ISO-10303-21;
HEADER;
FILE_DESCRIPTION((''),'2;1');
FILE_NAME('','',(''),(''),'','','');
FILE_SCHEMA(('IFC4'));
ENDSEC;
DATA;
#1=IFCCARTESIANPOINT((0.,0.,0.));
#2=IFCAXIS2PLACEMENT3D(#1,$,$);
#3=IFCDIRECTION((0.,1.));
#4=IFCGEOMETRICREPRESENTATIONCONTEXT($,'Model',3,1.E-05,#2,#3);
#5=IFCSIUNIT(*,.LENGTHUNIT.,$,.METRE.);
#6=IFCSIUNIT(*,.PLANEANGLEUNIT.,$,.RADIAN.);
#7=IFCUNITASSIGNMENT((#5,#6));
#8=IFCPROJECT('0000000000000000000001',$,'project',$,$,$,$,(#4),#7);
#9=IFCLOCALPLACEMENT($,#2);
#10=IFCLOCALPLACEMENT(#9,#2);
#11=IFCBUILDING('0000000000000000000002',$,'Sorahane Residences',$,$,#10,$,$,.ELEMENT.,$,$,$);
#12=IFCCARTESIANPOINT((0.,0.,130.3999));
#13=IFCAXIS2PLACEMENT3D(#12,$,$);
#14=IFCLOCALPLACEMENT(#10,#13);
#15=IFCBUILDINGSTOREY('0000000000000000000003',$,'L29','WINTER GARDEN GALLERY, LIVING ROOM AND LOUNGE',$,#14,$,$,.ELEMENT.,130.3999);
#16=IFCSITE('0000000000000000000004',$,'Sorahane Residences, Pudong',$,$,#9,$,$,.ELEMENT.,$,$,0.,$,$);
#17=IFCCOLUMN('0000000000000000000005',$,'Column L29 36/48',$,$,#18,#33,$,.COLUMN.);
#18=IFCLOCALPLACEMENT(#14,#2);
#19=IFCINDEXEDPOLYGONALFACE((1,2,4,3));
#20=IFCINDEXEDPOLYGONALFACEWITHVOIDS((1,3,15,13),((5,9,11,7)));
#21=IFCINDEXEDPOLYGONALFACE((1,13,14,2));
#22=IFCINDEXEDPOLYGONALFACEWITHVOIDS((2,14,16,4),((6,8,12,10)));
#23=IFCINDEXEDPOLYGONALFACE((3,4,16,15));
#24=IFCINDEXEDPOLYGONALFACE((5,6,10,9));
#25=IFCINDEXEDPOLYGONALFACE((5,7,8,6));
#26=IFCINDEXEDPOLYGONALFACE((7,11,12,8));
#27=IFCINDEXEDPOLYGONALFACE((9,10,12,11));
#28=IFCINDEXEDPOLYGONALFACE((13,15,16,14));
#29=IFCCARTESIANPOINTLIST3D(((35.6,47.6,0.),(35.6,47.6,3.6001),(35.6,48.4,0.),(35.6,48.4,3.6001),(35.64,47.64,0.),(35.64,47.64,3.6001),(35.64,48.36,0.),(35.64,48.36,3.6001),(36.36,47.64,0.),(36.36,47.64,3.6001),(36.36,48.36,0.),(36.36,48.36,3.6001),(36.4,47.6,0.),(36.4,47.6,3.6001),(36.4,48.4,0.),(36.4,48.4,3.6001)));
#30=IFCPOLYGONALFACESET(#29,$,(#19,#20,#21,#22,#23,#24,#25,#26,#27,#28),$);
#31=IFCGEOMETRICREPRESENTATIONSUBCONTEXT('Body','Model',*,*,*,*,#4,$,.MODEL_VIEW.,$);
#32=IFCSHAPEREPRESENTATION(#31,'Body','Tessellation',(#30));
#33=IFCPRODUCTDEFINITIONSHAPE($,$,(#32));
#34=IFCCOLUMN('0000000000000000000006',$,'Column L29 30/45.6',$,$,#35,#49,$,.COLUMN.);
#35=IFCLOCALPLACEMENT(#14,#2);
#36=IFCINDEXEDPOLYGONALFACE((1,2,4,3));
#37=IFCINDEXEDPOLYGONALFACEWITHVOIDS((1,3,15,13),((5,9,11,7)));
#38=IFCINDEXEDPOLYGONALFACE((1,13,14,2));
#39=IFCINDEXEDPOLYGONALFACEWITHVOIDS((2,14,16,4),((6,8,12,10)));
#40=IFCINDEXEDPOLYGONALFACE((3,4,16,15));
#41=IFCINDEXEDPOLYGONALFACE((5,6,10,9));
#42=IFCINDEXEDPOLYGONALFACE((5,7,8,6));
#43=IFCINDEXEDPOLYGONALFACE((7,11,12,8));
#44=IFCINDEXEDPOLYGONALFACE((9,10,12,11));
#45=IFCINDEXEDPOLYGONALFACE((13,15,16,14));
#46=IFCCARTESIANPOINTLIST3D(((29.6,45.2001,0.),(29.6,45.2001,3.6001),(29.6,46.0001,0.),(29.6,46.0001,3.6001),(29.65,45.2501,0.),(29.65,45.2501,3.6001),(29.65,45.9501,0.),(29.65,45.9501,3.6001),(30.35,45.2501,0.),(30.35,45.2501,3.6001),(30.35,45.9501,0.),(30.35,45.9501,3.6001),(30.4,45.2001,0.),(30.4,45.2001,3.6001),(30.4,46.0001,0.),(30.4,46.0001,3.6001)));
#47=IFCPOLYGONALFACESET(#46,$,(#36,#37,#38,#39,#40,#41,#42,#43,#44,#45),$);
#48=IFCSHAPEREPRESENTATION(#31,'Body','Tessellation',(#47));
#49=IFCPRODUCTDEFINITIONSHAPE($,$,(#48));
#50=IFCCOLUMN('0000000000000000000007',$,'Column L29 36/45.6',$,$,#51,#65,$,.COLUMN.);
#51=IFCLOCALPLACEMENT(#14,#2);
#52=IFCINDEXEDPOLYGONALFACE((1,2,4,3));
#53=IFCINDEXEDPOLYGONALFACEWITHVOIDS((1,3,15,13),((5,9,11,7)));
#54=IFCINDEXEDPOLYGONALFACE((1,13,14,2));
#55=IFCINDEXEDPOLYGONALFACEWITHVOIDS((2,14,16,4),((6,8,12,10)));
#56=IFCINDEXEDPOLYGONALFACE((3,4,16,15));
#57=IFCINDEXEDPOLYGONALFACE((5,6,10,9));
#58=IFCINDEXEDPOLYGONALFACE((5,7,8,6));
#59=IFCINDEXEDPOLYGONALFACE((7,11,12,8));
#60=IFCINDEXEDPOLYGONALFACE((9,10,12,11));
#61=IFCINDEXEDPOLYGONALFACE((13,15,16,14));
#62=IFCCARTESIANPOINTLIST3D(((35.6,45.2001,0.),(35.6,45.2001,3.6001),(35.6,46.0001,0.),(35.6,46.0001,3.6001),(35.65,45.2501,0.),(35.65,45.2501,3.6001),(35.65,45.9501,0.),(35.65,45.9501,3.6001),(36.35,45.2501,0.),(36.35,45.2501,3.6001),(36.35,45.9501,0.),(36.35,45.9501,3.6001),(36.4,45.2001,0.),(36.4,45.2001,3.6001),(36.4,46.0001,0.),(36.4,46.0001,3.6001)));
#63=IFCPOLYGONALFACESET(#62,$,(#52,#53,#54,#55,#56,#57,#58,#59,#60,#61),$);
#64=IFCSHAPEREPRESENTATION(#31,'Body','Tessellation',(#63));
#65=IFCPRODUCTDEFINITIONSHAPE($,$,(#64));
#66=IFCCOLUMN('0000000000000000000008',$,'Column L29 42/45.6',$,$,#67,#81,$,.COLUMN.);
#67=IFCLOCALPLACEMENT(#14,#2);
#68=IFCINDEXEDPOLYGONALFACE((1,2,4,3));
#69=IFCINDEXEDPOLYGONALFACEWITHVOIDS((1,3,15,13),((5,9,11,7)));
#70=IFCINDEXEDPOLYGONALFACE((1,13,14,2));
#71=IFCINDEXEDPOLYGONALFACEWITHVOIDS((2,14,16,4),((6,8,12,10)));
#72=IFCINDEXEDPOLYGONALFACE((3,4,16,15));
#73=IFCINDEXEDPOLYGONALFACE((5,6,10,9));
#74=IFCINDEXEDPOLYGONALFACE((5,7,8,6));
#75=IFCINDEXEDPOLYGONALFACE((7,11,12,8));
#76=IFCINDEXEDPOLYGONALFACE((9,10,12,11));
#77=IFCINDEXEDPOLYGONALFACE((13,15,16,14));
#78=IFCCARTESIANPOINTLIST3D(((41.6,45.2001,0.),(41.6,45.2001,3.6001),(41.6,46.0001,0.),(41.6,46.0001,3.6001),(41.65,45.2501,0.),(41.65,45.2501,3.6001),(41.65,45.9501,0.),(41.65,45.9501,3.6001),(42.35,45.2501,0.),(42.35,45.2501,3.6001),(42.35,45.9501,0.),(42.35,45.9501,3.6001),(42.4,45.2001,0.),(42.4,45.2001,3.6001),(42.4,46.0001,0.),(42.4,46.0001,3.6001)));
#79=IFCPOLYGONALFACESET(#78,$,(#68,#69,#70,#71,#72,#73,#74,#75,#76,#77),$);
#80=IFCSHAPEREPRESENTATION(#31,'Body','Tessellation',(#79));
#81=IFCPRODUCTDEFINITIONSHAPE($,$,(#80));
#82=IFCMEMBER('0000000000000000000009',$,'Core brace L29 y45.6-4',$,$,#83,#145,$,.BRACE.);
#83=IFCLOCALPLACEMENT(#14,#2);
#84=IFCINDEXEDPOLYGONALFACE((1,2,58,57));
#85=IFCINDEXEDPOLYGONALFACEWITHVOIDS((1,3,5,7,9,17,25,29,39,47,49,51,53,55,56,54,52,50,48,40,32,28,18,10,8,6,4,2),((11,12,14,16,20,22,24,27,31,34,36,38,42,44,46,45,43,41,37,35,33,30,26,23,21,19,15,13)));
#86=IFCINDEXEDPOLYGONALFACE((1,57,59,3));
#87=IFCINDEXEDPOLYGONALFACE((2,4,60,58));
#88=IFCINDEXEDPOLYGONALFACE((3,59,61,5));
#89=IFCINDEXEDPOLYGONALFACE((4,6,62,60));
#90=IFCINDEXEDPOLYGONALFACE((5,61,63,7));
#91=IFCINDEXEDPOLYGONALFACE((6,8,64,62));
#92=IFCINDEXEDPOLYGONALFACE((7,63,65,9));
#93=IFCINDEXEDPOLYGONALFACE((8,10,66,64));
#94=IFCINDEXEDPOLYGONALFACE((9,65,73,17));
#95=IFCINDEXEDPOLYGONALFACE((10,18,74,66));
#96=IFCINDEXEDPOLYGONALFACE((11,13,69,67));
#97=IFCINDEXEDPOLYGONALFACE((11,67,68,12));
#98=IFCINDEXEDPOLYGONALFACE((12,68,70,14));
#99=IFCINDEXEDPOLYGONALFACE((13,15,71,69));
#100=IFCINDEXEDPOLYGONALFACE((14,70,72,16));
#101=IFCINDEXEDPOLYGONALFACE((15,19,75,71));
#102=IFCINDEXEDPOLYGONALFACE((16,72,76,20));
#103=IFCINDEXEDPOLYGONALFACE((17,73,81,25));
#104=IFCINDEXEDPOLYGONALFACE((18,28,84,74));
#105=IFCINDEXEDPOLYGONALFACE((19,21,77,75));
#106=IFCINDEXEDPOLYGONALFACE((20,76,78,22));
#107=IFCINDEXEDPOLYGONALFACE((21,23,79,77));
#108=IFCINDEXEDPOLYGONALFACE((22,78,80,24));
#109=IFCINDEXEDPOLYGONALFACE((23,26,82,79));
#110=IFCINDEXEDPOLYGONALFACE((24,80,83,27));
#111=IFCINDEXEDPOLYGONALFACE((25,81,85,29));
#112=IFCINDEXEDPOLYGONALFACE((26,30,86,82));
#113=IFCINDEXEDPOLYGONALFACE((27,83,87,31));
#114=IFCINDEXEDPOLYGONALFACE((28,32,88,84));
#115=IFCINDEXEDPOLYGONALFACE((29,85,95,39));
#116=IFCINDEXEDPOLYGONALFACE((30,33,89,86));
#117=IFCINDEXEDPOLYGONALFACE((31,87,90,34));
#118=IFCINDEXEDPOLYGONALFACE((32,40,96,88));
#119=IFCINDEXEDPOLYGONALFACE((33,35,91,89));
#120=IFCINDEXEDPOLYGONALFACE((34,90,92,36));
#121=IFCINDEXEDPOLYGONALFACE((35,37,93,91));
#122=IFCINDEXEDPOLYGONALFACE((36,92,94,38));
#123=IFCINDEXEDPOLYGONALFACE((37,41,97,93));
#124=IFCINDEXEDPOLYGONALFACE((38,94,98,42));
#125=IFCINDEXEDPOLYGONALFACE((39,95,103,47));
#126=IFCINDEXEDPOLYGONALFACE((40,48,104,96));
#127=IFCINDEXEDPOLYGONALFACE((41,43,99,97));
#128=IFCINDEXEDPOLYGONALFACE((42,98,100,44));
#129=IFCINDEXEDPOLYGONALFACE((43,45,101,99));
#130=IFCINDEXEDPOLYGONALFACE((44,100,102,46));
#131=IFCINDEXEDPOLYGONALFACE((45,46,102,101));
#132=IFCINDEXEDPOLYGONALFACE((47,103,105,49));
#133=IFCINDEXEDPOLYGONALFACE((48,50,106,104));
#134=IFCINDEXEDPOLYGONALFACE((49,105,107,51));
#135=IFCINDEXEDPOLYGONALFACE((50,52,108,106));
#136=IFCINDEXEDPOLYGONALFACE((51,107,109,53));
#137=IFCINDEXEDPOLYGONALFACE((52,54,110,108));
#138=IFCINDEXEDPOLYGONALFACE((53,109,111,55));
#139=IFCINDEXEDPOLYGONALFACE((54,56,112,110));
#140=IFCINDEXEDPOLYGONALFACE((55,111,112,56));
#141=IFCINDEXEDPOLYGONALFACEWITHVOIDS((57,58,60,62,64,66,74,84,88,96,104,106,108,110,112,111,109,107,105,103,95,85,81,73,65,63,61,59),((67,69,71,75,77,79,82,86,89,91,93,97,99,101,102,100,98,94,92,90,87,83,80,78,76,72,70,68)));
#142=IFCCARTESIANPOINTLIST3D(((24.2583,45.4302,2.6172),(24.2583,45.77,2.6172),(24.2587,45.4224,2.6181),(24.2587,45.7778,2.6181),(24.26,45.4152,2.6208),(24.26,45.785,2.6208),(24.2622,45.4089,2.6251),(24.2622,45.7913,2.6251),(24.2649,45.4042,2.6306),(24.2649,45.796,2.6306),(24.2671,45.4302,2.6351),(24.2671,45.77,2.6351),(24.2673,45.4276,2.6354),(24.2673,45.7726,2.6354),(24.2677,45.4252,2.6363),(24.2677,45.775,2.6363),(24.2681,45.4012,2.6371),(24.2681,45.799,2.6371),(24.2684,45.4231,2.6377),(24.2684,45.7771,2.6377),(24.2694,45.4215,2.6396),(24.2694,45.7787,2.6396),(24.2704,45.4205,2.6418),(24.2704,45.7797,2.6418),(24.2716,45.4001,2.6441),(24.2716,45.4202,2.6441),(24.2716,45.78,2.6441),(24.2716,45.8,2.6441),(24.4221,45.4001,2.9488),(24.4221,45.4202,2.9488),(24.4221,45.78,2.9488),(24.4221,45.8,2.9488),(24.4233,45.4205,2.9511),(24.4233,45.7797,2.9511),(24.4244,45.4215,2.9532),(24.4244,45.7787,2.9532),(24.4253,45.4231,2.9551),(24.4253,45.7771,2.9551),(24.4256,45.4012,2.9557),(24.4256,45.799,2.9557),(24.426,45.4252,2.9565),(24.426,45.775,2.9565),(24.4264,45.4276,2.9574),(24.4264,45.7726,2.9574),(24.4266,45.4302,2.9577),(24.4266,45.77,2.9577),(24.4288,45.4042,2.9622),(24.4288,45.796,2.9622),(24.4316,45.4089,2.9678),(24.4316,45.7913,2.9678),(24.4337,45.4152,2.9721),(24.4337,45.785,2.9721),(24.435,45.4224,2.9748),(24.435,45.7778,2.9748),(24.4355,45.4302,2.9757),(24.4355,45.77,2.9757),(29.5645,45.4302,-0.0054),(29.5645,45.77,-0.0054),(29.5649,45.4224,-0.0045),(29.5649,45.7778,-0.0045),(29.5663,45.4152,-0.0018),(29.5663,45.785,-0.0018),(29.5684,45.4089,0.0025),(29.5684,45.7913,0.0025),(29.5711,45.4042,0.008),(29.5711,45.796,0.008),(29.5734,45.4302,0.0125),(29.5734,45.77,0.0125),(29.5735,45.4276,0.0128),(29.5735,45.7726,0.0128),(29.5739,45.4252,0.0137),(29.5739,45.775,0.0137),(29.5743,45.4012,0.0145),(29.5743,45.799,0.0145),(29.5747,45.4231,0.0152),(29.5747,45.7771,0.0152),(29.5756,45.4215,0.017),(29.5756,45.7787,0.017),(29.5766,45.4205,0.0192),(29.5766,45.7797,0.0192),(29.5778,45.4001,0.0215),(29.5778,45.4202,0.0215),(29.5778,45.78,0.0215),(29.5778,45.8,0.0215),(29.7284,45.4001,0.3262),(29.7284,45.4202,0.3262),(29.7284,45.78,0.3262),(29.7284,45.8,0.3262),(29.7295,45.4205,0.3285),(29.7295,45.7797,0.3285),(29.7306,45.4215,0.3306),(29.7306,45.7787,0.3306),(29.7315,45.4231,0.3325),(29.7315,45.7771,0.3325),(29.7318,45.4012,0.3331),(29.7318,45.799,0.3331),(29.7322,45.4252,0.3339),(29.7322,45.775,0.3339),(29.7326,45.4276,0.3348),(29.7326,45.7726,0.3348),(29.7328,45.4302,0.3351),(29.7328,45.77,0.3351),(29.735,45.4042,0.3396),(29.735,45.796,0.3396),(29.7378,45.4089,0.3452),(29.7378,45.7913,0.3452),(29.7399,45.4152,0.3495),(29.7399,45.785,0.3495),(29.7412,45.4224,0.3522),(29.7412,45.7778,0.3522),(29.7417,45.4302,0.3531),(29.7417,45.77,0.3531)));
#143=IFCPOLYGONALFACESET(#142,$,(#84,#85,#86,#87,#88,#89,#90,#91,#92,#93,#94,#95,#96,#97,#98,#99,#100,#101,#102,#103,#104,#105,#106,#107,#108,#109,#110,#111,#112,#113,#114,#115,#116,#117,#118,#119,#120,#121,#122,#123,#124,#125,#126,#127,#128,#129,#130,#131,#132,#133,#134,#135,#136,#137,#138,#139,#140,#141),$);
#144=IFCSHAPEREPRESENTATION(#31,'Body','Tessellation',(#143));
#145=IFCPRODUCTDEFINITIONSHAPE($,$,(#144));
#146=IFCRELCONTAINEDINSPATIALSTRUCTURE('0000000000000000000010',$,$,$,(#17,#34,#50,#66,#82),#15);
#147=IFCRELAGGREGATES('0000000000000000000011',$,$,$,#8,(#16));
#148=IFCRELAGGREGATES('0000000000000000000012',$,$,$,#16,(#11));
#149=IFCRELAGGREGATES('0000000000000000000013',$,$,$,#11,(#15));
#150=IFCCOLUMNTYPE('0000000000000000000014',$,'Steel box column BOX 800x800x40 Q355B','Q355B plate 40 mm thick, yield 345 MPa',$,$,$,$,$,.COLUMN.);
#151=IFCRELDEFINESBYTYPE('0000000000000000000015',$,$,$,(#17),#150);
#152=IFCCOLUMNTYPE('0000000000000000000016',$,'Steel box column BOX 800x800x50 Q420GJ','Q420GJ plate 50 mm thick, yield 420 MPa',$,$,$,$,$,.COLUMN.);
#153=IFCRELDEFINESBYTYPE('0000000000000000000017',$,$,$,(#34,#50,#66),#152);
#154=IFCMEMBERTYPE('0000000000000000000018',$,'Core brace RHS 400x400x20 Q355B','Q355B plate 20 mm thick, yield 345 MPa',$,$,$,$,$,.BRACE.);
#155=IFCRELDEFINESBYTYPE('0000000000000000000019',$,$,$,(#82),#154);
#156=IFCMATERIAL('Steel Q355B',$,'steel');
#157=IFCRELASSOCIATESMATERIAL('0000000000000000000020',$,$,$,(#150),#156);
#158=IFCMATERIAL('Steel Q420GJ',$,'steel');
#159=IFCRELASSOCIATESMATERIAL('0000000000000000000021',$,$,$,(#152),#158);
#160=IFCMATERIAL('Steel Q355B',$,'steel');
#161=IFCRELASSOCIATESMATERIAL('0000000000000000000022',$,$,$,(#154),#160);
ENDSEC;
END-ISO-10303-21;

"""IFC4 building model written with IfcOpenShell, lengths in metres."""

from ifc_helpers import new_model, si_unit, direction, frame, origin, origin_2d, place, context, subcontext, project, spatial, hollow_rectangle, extrude, material, material_profile, profile_set, type_object, element, save


model = new_model("IFC4")

# Units and contexts
model_context = context("Model", 3, precision=1e-05, world=origin(), true_north=direction((0.0, 1.0)))
body_context = subcontext(model_context, "Body", "Model", "MODEL_VIEW")
ifc_project = project(units=[si_unit("LENGTHUNIT", "METRE"), si_unit("PLANEANGLEUNIT", "RADIAN")], contexts=[model_context])

# Site, building, storey
site_placement = place(None, origin())
site = spatial("IfcSite", under=ifc_project, at=site_placement, Name="Sorahane Residences, Pudong", CompositionType="ELEMENT", RefElevation=0.0)
building_placement = place(site_placement, origin())
building = spatial("IfcBuilding", under=site, at=building_placement, Name="Sorahane Residences", CompositionType="ELEMENT")
storey_placement = place(building_placement, frame((0.0, 0.0, 130.3999)))
storey = spatial("IfcBuildingStorey", under=building, at=storey_placement, Name="L29", Description="WINTER GARDEN GALLERY, LIVING ROOM AND LOUNGE", CompositionType="ELEMENT", Elevation=130.3999)

# Columns
ifc_material_1 = material(Name="Steel Q355B", Category="steel")
ifc_material_profile_1 = material_profile(ifc_material_1, hollow_rectangle(XDim=0.8, YDim=0.8, WallThickness=0.04, at=origin_2d()), Name="BOX 800x800x40")
ifc_profile_set_1 = profile_set([ifc_material_profile_1], Name="Steel Q355B")
column_type_1 = type_object("IfcColumnType", Name="Steel box column BOX 800x800x40 Q355B", Description="Q355B plate 40 mm thick, yield 345 MPa", PredefinedType="COLUMN", material=ifc_profile_set_1)
column_placement = place(storey_placement, frame((36.0, 48.0, 0.0), z_axis=(0.0, 0.0, 1.0), x_axis=(1.0, 0.0, 0.0)))
element("IfcColumn", 1, at=column_placement, inside=storey, type_object=column_type_1, Name="Column L29 36/48", PredefinedType="COLUMN", context=body_context, shape_type="SweptSolid", body=[
    extrude(hollow_rectangle(XDim=0.8, YDim=0.8, WallThickness=0.04, at=origin_2d()), origin(), (0.0, 0.0, 1.0), 3.6001),
])
ifc_material_2 = material(Name="Steel Q420GJ", Category="steel")
ifc_material_profile_2 = material_profile(ifc_material_2, hollow_rectangle(XDim=0.8, YDim=0.8, WallThickness=0.05, at=origin_2d()), Name="BOX 800x800x50")
ifc_profile_set_2 = profile_set([ifc_material_profile_2], Name="Steel Q420GJ")
column_type_2 = type_object("IfcColumnType", Name="Steel box column BOX 800x800x50 Q420GJ", Description="Q420GJ plate 50 mm thick, yield 420 MPa", PredefinedType="COLUMN", material=ifc_profile_set_2)
for number, where, z_axis, x_axis, name in (
    (2, (30.0, 45.6001, 0.0), (0.0, 0.0, 1.0), (1.0, 0.0, 0.0), "Column L29 30/45.6"),
    (3, (36.0, 45.6001, 0.0), (0.0, 0.0, 1.0), (1.0, 0.0, 0.0), "Column L29 36/45.6"),
    (4, (42.0, 45.6001, 0.0), (0.0, 0.0, 1.0), (1.0, 0.0, 0.0), "Column L29 42/45.6"),
):
    element("IfcColumn", number, at=place(storey_placement, frame(where, z_axis=z_axis, x_axis=x_axis)), inside=storey, type_object=column_type_2, Name=name, PredefinedType="COLUMN", context=body_context, shape_type="SweptSolid", body=[
        extrude(hollow_rectangle(XDim=0.8, YDim=0.8, WallThickness=0.05, at=origin_2d()), origin(), (0.0, 0.0, 1.0), 3.6001),
    ])

# Member
ifc_material_3 = material(Name="Steel Q355B", Category="steel")
ifc_material_profile_3 = material_profile(ifc_material_3, hollow_rectangle(XDim=0.3999, YDim=0.3999, WallThickness=0.02, InnerFilletRadius=0.01, OuterFilletRadius=0.03, at=origin_2d()), Name="RHS 400x400x20")
ifc_profile_set_3 = profile_set([ifc_material_profile_3], Name="Steel Q355B")
member_type_1 = type_object("IfcMemberType", Name="Core brace RHS 400x400x20 Q355B", Description="Q355B plate 20 mm thick, yield 345 MPa", PredefinedType="BRACE", material=ifc_profile_set_3)
for number, where, z_axis, x_axis, name in (
    (5, (29.6531, 45.6001, 0.1738), (-0.89648, 0.0, 0.443084), (0.0, -1.0, 0.0), "Core brace L29 y45.6-4"),
):
    element("IfcMember", number, at=place(storey_placement, frame(where, z_axis=z_axis, x_axis=x_axis)), inside=storey, type_object=member_type_1, Name=name, PredefinedType="BRACE", context=body_context, shape_type="SweptSolid", body=[
        extrude(hollow_rectangle(XDim=0.3999, YDim=0.3999, WallThickness=0.02, InnerFilletRadius=0.01, OuterFilletRadius=0.03, at=origin_2d()), origin(), (0.0, 0.0, 1.0), 5.9189),
    ])

save(model, "model.ifc")
